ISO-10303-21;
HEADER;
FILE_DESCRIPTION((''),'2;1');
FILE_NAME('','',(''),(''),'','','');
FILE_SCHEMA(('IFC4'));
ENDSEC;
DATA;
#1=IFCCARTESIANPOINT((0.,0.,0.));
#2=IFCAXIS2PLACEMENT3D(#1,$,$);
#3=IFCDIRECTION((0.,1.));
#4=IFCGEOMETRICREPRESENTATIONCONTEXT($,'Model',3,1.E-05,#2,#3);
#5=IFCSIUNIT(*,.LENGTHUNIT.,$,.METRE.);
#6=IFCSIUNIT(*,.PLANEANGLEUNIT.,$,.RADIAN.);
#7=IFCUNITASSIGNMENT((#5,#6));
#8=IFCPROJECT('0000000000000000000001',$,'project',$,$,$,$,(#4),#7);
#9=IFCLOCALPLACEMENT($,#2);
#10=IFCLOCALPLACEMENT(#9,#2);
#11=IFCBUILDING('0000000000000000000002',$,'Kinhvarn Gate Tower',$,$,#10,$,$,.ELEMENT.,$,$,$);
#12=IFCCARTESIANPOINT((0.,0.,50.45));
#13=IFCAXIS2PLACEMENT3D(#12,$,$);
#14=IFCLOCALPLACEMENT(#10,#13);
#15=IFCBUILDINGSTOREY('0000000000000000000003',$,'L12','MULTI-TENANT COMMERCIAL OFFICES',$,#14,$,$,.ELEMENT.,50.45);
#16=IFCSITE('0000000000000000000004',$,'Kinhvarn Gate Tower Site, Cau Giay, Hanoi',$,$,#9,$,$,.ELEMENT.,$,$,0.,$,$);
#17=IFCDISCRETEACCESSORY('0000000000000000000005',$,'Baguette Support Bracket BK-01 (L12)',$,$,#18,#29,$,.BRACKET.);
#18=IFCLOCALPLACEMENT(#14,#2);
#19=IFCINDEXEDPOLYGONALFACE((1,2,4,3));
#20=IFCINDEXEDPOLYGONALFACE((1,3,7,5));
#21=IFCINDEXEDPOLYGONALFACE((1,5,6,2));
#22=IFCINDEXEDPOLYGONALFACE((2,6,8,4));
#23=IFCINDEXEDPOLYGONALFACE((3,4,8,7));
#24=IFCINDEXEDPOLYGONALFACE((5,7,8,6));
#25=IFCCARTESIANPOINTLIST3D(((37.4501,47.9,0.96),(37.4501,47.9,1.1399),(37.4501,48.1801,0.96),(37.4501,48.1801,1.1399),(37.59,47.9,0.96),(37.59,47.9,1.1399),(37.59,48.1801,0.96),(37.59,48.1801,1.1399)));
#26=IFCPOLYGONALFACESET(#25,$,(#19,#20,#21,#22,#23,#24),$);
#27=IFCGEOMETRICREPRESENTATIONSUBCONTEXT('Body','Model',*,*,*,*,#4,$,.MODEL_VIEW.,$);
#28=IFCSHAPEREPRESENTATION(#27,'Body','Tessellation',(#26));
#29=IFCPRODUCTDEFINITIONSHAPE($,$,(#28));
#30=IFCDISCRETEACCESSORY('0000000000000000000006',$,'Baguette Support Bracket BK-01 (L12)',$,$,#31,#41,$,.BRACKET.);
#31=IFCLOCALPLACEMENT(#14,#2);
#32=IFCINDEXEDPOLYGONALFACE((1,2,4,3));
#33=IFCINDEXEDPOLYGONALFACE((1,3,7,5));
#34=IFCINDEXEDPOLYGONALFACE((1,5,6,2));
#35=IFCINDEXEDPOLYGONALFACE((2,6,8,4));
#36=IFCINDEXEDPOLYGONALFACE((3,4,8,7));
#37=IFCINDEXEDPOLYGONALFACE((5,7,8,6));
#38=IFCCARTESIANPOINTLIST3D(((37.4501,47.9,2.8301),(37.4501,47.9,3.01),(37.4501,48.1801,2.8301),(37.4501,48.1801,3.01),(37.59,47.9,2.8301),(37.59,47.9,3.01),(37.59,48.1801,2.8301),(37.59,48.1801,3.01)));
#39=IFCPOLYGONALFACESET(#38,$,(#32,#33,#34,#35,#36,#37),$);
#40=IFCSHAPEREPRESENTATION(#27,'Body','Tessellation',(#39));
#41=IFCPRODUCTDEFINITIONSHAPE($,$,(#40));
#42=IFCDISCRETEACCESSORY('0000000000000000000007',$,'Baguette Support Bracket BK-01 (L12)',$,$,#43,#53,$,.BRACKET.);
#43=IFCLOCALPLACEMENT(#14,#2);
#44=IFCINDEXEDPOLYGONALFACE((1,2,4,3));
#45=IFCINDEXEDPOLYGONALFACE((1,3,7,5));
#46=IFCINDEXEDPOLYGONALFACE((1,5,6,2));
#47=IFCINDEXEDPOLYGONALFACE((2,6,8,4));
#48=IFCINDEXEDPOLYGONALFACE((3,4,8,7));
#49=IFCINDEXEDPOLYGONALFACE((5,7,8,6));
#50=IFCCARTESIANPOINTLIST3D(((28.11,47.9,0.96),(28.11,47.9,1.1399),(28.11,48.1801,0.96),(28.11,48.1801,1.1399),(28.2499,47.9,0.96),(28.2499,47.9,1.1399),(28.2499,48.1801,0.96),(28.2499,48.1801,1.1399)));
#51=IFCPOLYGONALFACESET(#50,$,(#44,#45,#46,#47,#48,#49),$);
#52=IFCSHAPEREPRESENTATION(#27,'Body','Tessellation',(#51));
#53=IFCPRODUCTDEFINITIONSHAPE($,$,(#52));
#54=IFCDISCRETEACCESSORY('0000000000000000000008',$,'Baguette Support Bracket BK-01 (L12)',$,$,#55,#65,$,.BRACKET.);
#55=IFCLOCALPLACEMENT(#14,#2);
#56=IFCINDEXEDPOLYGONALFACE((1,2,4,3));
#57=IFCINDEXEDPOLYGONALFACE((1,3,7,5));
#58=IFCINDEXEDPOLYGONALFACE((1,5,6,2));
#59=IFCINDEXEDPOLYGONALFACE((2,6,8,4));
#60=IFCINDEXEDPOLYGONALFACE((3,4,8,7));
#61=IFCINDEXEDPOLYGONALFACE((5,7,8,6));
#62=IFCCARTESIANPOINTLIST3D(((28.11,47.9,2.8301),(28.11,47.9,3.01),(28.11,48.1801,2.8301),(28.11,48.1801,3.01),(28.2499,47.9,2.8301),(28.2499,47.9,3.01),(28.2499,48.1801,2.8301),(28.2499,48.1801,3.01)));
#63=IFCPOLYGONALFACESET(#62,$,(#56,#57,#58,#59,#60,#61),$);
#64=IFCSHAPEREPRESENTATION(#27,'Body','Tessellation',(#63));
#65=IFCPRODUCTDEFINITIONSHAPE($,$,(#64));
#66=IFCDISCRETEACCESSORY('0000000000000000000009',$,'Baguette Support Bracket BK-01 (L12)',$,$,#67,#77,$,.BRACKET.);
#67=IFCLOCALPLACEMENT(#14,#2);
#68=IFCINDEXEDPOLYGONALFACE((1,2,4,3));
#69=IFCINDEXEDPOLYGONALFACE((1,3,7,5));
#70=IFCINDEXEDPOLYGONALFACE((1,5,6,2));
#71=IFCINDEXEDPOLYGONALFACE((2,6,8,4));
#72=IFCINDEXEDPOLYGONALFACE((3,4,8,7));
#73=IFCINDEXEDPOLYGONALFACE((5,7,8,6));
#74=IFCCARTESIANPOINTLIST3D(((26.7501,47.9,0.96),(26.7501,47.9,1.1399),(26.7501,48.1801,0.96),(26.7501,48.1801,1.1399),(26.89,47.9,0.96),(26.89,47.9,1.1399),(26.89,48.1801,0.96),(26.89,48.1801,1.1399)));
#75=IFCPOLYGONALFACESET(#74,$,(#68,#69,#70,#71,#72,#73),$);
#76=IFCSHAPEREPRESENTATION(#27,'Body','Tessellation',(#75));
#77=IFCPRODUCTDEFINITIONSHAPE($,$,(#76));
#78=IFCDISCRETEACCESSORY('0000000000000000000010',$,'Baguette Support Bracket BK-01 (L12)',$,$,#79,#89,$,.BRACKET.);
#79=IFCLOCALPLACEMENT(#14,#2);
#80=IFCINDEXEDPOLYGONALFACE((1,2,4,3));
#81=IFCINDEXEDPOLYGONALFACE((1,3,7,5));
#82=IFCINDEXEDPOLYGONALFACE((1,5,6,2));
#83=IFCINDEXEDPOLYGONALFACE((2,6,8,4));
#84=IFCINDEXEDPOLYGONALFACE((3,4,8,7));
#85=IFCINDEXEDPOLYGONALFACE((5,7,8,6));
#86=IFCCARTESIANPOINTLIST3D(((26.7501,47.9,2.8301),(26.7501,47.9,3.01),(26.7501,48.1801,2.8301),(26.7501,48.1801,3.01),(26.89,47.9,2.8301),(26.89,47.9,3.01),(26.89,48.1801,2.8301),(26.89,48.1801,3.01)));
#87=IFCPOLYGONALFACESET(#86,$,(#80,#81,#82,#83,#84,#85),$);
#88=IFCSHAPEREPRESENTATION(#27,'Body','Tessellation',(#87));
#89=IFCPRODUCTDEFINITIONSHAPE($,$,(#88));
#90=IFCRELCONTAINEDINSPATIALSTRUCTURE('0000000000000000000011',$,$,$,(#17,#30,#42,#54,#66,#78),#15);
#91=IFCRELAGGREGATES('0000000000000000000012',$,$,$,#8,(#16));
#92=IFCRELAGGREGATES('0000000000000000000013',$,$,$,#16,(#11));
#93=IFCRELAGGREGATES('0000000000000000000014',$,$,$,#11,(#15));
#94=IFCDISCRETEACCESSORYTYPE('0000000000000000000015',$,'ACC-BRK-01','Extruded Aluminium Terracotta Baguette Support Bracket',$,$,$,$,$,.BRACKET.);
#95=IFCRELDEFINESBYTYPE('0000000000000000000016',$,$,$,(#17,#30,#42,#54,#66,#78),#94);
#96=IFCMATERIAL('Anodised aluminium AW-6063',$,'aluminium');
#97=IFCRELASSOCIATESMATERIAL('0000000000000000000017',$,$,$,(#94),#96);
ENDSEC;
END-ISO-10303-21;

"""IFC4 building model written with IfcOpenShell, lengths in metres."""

from ifc_helpers import new_model, si_unit, direction, frame, origin, origin_2d, place, context, subcontext, project, spatial, rectangle, extrude, material, type_object, element, save


model = new_model("IFC4")

# Units and contexts
model_context = context("Model", 3, precision=1e-05, world=origin(), true_north=direction((0.0, 1.0)))
body_context = subcontext(model_context, "Body", "Model", "MODEL_VIEW")
ifc_project = project(units=[si_unit("LENGTHUNIT", "METRE"), si_unit("PLANEANGLEUNIT", "RADIAN")], contexts=[model_context])

# Site, building, storey
site_placement = place(None, origin())
site = spatial("IfcSite", under=ifc_project, at=site_placement, Name="Kinhvarn Gate Tower Site, Cau Giay, Hanoi", CompositionType="ELEMENT", RefElevation=0.0)
building_placement = place(site_placement, origin())
building = spatial("IfcBuilding", under=site, at=building_placement, Name="Kinhvarn Gate Tower", CompositionType="ELEMENT")
storey_placement = place(building_placement, frame((0.0, 0.0, 50.45)))
storey = spatial("IfcBuildingStorey", under=building, at=storey_placement, Name="L12", Description="MULTI-TENANT COMMERCIAL OFFICES", CompositionType="ELEMENT", Elevation=50.45)

# Shared definitions
ifc_material_1 = material(Name="Anodised aluminium AW-6063", Category="aluminium")

# Discrete accessories
discrete_accessory_type = type_object("IfcDiscreteAccessoryType", Name="ACC-BRK-01", Description="Extruded Aluminium Terracotta Baguette Support Bracket", PredefinedType="BRACKET", material=ifc_material_1)
for number, where, z_axis, x_axis, name in (
    (1, (37.52, 48.04, 0.96), (0.0, 0.0, 1.0), (-1.0, 0.0, 0.0), "Baguette Support Bracket BK-01 (L12)"),
    (2, (37.52, 48.04, 2.8301), (0.0, 0.0, 1.0), (-1.0, 0.0, 0.0), "Baguette Support Bracket BK-01 (L12)"),
    (3, (28.1799, 48.04, 0.96), (0.0, 0.0, 1.0), (-1.0, 0.0, 0.0), "Baguette Support Bracket BK-01 (L12)"),
    (4, (28.1799, 48.04, 2.8301), (0.0, 0.0, 1.0), (-1.0, 0.0, 0.0), "Baguette Support Bracket BK-01 (L12)"),
    (5, (26.8201, 48.04, 0.96), (0.0, 0.0, 1.0), (-1.0, 0.0, 0.0), "Baguette Support Bracket BK-01 (L12)"),
    (6, (26.8201, 48.04, 2.8301), (0.0, 0.0, 1.0), (-1.0, 0.0, 0.0), "Baguette Support Bracket BK-01 (L12)"),
):
    element("IfcDiscreteAccessory", number, at=place(storey_placement, frame(where, z_axis=z_axis, x_axis=x_axis)), inside=storey, type_object=discrete_accessory_type, Name=name, PredefinedType="BRACKET", context=body_context, shape_type="SweptSolid", body=[
        extrude(rectangle(XDim=0.1399, YDim=0.28, at=origin_2d()), origin(), (0.0, 0.0, 1.0), 0.1799),
    ])

save(model, "model.ifc")
